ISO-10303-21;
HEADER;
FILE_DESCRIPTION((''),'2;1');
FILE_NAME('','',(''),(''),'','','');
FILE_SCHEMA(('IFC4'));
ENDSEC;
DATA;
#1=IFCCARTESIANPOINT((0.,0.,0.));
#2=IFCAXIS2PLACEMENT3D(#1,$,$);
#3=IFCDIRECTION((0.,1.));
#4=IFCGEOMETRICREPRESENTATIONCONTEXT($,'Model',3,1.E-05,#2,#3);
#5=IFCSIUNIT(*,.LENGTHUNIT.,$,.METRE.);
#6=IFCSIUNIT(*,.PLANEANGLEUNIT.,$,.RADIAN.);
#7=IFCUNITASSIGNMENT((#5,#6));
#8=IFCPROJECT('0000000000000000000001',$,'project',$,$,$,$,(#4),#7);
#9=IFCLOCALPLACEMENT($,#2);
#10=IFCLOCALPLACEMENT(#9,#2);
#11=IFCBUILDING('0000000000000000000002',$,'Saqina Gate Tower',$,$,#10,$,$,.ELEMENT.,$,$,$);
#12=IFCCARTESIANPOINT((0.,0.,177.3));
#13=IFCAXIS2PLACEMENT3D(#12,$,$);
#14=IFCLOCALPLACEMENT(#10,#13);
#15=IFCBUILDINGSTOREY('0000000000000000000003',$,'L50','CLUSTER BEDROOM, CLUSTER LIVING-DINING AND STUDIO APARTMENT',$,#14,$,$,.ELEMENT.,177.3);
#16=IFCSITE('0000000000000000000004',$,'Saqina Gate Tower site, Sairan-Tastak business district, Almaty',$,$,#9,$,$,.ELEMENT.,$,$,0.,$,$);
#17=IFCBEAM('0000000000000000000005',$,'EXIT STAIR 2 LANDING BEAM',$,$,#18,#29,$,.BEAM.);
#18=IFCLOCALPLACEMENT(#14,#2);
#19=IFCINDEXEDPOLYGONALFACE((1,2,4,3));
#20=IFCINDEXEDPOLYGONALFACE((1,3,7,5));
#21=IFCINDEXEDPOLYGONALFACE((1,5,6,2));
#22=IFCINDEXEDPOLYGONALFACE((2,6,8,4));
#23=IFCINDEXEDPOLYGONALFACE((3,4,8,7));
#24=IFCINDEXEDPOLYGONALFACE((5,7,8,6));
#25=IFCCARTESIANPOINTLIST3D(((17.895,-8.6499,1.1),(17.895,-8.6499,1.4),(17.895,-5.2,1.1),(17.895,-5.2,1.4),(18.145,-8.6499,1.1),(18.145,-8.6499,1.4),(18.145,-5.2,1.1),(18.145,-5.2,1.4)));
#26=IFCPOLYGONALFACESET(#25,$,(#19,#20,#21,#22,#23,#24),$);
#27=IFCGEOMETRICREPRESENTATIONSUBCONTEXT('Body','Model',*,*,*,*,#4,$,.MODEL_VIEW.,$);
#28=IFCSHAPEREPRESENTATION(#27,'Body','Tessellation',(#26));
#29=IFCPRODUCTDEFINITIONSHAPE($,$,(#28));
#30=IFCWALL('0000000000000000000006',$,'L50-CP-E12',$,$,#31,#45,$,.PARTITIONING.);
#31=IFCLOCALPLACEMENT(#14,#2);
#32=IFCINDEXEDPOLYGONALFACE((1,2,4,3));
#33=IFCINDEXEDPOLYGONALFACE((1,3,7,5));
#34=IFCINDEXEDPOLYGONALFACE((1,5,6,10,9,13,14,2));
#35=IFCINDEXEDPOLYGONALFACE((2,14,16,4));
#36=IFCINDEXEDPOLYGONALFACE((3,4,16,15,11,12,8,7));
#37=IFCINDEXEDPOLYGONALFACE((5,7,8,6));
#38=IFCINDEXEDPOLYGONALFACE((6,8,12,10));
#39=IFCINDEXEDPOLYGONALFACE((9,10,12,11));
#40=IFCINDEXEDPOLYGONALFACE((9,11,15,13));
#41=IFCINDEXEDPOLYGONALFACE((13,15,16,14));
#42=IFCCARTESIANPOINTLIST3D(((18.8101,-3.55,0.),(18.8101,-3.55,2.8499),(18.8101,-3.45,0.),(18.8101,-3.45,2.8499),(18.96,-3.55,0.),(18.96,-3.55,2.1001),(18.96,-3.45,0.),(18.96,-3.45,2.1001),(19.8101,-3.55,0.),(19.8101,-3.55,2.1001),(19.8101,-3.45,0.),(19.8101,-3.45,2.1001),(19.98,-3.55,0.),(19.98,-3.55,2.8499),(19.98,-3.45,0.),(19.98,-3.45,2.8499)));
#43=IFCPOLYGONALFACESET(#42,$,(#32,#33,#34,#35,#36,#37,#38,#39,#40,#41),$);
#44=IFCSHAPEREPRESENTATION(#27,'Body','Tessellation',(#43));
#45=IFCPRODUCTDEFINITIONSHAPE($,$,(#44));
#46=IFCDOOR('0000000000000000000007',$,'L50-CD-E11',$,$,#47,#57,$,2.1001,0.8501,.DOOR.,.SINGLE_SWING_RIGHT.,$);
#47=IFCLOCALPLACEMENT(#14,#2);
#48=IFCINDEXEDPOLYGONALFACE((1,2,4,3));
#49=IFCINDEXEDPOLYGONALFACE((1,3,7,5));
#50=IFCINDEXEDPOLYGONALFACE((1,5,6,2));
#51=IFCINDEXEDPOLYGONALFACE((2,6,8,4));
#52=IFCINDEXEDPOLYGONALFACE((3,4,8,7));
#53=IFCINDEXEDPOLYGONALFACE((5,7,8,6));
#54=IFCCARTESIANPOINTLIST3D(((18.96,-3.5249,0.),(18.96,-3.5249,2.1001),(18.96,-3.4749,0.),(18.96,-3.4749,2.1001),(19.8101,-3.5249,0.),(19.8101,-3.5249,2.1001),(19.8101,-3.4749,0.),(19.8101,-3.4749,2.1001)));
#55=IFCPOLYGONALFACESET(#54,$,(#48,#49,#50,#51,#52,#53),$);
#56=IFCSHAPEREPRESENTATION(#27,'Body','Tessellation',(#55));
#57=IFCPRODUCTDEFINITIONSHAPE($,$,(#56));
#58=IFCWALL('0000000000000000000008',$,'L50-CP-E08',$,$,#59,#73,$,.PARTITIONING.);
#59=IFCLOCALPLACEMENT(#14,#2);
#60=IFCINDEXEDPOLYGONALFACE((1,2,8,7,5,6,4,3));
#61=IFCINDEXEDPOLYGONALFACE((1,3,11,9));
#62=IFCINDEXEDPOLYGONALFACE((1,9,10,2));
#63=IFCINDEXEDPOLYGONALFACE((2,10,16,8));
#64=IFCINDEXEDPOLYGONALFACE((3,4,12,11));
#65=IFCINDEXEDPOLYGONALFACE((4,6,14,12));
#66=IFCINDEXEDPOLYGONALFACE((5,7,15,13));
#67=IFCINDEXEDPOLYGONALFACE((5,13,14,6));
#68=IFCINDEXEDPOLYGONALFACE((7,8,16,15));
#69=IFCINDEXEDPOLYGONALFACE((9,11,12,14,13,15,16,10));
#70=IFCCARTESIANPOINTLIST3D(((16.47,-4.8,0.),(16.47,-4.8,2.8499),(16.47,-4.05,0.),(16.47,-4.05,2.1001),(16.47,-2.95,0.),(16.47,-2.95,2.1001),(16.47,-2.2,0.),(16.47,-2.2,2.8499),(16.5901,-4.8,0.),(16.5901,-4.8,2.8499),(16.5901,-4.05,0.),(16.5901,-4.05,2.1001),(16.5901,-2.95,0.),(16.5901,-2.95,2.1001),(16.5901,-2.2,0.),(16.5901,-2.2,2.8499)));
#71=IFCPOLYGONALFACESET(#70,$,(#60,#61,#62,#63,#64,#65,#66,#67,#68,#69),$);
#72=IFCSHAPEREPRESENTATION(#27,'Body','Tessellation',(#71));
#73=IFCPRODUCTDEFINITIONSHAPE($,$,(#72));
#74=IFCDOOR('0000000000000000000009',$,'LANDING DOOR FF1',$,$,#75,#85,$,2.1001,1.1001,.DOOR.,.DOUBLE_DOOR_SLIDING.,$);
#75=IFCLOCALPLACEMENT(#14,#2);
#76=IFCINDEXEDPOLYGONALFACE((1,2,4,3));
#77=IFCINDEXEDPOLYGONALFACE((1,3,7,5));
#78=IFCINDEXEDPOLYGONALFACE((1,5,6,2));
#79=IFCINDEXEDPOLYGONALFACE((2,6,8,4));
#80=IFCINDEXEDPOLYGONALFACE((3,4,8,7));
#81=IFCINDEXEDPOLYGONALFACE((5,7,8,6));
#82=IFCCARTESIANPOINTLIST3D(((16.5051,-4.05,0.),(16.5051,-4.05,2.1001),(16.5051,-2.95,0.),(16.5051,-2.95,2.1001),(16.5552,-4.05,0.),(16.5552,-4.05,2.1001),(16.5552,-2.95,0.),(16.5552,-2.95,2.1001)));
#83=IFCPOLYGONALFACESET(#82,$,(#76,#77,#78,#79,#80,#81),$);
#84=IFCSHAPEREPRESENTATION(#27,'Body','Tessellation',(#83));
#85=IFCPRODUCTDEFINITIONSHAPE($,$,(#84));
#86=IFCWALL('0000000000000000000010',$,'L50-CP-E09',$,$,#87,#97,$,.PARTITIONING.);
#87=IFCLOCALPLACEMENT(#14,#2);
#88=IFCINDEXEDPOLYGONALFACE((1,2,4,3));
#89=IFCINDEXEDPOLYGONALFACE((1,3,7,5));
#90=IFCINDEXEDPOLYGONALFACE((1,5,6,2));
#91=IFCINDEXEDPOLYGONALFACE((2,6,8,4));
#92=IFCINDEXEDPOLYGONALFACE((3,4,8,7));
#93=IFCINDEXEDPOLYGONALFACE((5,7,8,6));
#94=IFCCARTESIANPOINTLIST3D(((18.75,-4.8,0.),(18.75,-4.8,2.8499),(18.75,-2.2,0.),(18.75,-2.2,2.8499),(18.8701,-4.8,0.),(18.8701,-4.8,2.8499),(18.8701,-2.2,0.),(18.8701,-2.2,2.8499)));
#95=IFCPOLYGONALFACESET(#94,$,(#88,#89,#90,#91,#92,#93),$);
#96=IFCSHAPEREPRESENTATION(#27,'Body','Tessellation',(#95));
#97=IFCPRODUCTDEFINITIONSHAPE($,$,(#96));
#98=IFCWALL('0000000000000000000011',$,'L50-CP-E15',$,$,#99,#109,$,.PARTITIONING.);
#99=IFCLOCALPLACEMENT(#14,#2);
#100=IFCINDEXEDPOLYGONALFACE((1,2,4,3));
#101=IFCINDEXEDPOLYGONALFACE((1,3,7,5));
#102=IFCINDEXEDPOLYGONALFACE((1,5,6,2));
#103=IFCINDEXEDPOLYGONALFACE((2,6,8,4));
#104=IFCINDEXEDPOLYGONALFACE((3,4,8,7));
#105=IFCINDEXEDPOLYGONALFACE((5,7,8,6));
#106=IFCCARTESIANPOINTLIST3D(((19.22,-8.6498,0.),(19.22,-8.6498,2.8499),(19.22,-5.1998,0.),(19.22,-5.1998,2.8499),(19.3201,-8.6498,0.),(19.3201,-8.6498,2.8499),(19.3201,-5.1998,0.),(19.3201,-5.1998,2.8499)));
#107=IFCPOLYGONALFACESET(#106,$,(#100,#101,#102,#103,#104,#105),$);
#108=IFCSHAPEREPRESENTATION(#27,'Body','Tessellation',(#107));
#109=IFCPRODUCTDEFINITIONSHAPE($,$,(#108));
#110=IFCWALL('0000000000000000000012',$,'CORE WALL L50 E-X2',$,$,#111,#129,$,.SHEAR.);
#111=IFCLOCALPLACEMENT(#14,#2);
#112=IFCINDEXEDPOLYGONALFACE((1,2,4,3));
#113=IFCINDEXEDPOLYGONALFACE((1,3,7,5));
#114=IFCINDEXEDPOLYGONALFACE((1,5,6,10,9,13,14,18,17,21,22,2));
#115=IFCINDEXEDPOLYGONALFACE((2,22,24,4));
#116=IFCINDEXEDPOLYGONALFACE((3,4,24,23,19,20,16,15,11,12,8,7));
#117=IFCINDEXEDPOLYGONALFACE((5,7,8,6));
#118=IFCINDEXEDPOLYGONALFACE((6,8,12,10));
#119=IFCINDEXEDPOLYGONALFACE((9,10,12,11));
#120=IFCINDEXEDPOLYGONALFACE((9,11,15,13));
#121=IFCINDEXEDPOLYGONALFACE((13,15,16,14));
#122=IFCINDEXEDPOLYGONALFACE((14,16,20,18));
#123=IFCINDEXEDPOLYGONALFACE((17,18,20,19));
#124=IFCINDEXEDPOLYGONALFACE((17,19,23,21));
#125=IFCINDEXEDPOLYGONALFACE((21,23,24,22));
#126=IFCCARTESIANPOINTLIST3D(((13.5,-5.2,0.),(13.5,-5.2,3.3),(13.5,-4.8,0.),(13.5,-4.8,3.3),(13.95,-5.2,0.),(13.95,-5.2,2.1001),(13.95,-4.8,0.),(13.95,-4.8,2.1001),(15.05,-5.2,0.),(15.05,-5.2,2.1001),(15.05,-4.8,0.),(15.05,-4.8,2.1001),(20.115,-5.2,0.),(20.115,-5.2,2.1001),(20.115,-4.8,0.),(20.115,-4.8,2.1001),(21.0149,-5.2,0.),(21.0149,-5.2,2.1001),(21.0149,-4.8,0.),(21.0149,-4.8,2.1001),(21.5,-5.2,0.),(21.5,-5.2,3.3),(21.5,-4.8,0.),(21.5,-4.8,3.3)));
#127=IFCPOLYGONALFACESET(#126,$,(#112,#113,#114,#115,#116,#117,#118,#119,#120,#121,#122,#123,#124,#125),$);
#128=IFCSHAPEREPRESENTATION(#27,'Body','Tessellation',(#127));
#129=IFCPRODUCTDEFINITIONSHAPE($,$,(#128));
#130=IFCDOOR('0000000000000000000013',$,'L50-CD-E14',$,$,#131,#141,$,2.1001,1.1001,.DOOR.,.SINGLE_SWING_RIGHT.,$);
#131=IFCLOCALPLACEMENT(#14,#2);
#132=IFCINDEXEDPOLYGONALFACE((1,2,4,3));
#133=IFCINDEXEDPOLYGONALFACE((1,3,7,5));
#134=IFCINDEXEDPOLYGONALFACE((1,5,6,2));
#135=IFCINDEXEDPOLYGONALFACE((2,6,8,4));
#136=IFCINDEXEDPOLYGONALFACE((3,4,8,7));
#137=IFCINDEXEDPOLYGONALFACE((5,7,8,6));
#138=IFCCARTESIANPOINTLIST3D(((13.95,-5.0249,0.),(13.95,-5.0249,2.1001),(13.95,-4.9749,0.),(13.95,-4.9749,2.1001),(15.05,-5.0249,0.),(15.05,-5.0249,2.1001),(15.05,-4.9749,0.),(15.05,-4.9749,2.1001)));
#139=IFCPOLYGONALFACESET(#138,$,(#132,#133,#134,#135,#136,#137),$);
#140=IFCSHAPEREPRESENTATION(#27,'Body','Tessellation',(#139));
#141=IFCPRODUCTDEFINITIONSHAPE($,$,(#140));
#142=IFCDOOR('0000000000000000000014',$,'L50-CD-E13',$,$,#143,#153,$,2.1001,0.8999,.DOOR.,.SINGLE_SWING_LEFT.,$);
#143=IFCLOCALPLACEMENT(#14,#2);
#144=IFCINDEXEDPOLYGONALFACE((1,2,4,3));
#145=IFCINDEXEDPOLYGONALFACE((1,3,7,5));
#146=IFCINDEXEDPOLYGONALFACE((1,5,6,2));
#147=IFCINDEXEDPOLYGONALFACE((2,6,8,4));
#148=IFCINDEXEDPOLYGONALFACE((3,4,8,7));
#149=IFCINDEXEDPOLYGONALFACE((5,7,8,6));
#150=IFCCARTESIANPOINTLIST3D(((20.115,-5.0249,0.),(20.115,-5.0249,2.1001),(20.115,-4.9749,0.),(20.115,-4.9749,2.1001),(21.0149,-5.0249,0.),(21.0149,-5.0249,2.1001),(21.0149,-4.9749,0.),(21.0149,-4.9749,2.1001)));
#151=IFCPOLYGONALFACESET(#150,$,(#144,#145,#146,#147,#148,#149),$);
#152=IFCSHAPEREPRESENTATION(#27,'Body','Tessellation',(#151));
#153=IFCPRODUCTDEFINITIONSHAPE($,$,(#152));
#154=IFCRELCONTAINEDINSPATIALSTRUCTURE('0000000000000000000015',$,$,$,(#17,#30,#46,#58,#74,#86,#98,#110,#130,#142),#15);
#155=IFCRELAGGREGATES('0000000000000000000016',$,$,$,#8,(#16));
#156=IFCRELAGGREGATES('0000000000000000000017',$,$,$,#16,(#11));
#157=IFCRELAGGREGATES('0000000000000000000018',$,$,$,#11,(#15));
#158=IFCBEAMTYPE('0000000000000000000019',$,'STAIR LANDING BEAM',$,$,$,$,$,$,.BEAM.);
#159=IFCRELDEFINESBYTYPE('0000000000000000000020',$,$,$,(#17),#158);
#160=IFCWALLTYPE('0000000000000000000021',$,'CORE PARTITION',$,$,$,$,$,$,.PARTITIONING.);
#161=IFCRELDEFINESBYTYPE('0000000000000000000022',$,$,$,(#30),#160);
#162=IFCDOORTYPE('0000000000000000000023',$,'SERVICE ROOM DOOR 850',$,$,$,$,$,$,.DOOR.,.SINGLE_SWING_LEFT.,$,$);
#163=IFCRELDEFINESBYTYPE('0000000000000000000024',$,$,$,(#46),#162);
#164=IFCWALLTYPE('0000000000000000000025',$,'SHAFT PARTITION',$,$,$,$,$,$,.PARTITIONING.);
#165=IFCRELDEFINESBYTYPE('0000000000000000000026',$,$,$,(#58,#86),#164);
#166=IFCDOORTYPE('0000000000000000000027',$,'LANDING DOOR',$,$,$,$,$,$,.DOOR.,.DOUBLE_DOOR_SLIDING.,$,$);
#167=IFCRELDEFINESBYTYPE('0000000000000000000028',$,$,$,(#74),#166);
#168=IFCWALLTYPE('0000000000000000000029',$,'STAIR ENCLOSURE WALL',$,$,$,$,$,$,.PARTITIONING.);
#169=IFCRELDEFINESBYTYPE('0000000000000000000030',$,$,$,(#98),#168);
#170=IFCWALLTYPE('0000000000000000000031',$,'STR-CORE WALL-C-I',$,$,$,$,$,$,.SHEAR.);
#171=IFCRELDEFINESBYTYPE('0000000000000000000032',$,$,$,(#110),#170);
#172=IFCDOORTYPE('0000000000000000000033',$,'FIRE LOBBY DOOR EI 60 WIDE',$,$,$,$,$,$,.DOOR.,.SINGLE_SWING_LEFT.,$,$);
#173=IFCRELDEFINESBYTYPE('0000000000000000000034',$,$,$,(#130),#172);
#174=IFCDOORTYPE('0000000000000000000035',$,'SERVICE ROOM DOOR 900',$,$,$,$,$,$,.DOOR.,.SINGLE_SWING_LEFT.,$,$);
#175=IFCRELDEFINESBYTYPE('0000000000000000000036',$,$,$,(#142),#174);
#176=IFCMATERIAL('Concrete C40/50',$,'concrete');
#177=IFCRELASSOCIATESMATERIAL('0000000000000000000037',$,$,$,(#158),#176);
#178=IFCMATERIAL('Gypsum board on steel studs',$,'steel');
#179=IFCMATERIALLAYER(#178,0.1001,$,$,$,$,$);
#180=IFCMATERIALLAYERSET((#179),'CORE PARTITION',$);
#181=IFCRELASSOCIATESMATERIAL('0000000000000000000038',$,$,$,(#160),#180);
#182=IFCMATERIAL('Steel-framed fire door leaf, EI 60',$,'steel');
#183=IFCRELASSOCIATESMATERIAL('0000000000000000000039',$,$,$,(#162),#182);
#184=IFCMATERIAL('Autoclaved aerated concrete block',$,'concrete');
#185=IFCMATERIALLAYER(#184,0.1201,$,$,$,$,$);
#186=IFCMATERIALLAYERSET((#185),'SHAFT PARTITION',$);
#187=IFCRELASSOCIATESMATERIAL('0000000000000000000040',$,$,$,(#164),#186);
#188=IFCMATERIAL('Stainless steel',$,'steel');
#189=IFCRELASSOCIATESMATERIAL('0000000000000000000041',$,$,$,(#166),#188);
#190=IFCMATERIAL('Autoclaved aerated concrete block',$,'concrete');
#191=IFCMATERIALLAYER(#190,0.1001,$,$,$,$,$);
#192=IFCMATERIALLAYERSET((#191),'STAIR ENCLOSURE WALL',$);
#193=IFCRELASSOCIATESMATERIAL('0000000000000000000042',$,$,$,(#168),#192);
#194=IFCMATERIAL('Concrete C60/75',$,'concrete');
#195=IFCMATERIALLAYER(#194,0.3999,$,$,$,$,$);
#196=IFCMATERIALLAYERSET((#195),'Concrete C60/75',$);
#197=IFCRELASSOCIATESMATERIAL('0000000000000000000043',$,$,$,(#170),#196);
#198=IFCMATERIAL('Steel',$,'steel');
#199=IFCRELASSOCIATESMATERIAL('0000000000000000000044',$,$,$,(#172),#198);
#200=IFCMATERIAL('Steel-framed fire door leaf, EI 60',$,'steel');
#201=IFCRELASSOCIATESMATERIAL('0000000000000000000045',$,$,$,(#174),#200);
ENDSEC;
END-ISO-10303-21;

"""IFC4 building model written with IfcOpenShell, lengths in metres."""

from ifc_helpers import new_model, si_unit, direction, frame, frame_2d, origin, origin_2d, place, context, subcontext, project, spatial, rectangle, extrude, material, layer, layer_set, material_profile, profile_set, type_object, element, fill, save


model = new_model("IFC4")

# Units and contexts
model_context = context("Model", 3, precision=1e-05, world=origin(), true_north=direction((0.0, 1.0)))
body_context = subcontext(model_context, "Body", "Model", "MODEL_VIEW")
ifc_project = project(units=[si_unit("LENGTHUNIT", "METRE"), si_unit("PLANEANGLEUNIT", "RADIAN")], contexts=[model_context])

# Site, building, storey
site_placement = place(None, origin())
site = spatial("IfcSite", under=ifc_project, at=site_placement, Name="Saqina Gate Tower site, Sairan-Tastak business district, Almaty", CompositionType="ELEMENT", RefElevation=0.0)
building_placement = place(site_placement, origin())
building = spatial("IfcBuilding", under=site, at=building_placement, Name="Saqina Gate Tower", CompositionType="ELEMENT")
storey_placement = place(building_placement, frame((0.0, 0.0, 177.3)))
storey = spatial("IfcBuildingStorey", under=building, at=storey_placement, Name="L50", Description="CLUSTER BEDROOM, CLUSTER LIVING-DINING AND STUDIO APARTMENT", CompositionType="ELEMENT", Elevation=177.3)

# Beam
ifc_material_1 = material(Name="Concrete C40/50", Category="concrete")
ifc_material_profile = material_profile(ifc_material_1, rectangle(XDim=0.25, YDim=0.3, at=origin_2d()), Name="STAIR LANDING BEAM")
ifc_profile_set = profile_set([ifc_material_profile], Name="Concrete C40/50")
beam_type = type_object("IfcBeamType", Name="STAIR LANDING BEAM", PredefinedType="BEAM", material=ifc_profile_set)
beam_placement = place(storey_placement, frame((18.02, -8.6499, 1.25), z_axis=(0.0, 1.0, 0.0), x_axis=(-1.0, 0.0, 0.0)))
element("IfcBeam", 1, at=beam_placement, inside=storey, type_object=beam_type, Name="EXIT STAIR 2 LANDING BEAM", PredefinedType="BEAM", context=body_context, shape_type="SweptSolid", body=[
    extrude(rectangle(XDim=0.25, YDim=0.3, at=origin_2d()), origin(), (0.0, 0.0, 1.0), 3.45),
])

# Walls, openings, doors
ifc_material_2 = material(Name="Gypsum board on steel studs", Category="steel")
ifc_layer_1 = layer(ifc_material_2, 0.1001)
ifc_layer_set_1 = layer_set([ifc_layer_1], Name="CORE PARTITION")
wall_type_1 = type_object("IfcWallType", Name="CORE PARTITION", PredefinedType="PARTITIONING", material=ifc_layer_set_1)
wall_1_placement = place(storey_placement, frame((18.8101, -3.5, 0.0), z_axis=(0.0, 0.0, 1.0), x_axis=(1.0, 0.0, 0.0)))
wall_1 = element("IfcWall", 2, at=wall_1_placement, inside=storey, type_object=wall_type_1, Name="L50-CP-E12", PredefinedType="PARTITIONING", context=body_context, shape_type="SweptSolid", body=[
    extrude(rectangle(XDim=1.1699, YDim=0.1001, at=frame_2d((0.585, 0.0))), origin(), (0.0, 0.0, 1.0), 2.8499),
])
opening_1_placement = place(wall_1_placement, frame((0.1499, 0.0, 0.0)))
opening_1 = element("IfcOpeningElement", 3, at=opening_1_placement, cuts=wall_1, PredefinedType="OPENING", context=body_context, shape_type="SweptSolid", body=[
    extrude(rectangle(XDim=0.8501, YDim=2.1001, at=frame_2d((0.425, 1.05))), frame((0.0, 0.062, 0.0), z_axis=(0.0, -1.0, 0.0), x_axis=(1.0, 0.0, 0.0)), (0.0, 0.0, 1.0), 0.124),
])
ifc_material_3 = material(Name="Steel-framed fire door leaf, EI 60", Category="steel")
door_type_1 = type_object("IfcDoorType", Name="SERVICE ROOM DOOR 850", OperationType="SINGLE_SWING_LEFT", PredefinedType="DOOR", material=ifc_material_3)
door_1_placement = place(opening_1_placement, frame((0.8501, 0.0, 0.0), z_axis=(0.0, 0.0, 1.0), x_axis=(-1.0, 0.0, 0.0)))
door_1 = element("IfcDoor", 4, at=door_1_placement, inside=storey, type_object=door_type_1, Name="L50-CD-E11", OperationType="SINGLE_SWING_RIGHT", OverallHeight=2.1001, OverallWidth=0.8501, PredefinedType="DOOR", context=body_context, shape_type="SweptSolid", body=[
    extrude(rectangle(XDim=0.8501, YDim=2.1001, at=frame_2d((0.425, 1.05))), frame((0.0, 0.0249, 0.0), z_axis=(0.0, -1.0, 0.0), x_axis=(1.0, 0.0, 0.0)), (0.0, 0.0, 1.0), 0.05),
])
fill(opening_1, door_1)
ifc_material_4 = material(Name="Autoclaved aerated concrete block", Category="concrete")
ifc_layer_2 = layer(ifc_material_4, 0.1201)
ifc_layer_set_2 = layer_set([ifc_layer_2], Name="SHAFT PARTITION")
wall_type_2 = type_object("IfcWallType", Name="SHAFT PARTITION", PredefinedType="PARTITIONING", material=ifc_layer_set_2)
wall_2_placement = place(storey_placement, frame((16.53, -4.8, 0.0), z_axis=(0.0, 0.0, 1.0), x_axis=(0.0, 1.0, 0.0)))
wall_2 = element("IfcWall", 5, at=wall_2_placement, inside=storey, type_object=wall_type_2, Name="L50-CP-E08", PredefinedType="PARTITIONING", context=body_context, shape_type="SweptSolid", body=[
    extrude(rectangle(XDim=2.6001, YDim=0.1201, at=frame_2d((1.3, 0.0))), origin(), (0.0, 0.0, 1.0), 2.8499),
])
opening_2_placement = place(wall_2_placement, frame((0.75, 0.0, 0.0)))
opening_2 = element("IfcOpeningElement", 6, at=opening_2_placement, cuts=wall_2, PredefinedType="OPENING", context=body_context, shape_type="SweptSolid", body=[
    extrude(rectangle(XDim=1.1001, YDim=2.1001, at=frame_2d((0.55, 1.05))), frame((0.0, 0.072, 0.0), z_axis=(0.0, -1.0, 0.0), x_axis=(1.0, 0.0, 0.0)), (0.0, 0.0, 1.0), 0.144),
])
ifc_material_5 = material(Name="Stainless steel", Category="steel")
door_type_2 = type_object("IfcDoorType", Name="LANDING DOOR", OperationType="DOUBLE_DOOR_SLIDING", PredefinedType="DOOR", material=ifc_material_5)
door_2_placement = place(opening_2_placement, origin())
door_2 = element("IfcDoor", 7, at=door_2_placement, inside=storey, type_object=door_type_2, Name="LANDING DOOR FF1", OperationType="DOUBLE_DOOR_SLIDING", OverallHeight=2.1001, OverallWidth=1.1001, PredefinedType="DOOR", context=body_context, shape_type="SweptSolid", body=[
    extrude(rectangle(XDim=1.1001, YDim=2.1001, at=frame_2d((0.55, 1.05))), frame((0.0, 0.0249, 0.0), z_axis=(0.0, -1.0, 0.0), x_axis=(1.0, 0.0, 0.0)), (0.0, 0.0, 1.0), 0.05),
])
fill(opening_2, door_2)

# Walls
wall_3_placement = place(storey_placement, frame((18.8101, -4.8, 0.0), z_axis=(0.0, 0.0, 1.0), x_axis=(0.0, 1.0, 0.0)))
element("IfcWall", 8, at=wall_3_placement, inside=storey, type_object=wall_type_2, Name="L50-CP-E09", PredefinedType="PARTITIONING", context=body_context, shape_type="SweptSolid", body=[
    extrude(rectangle(XDim=2.6001, YDim=0.1201, at=frame_2d((1.3, 0.0))), origin(), (0.0, 0.0, 1.0), 2.8499),
])
ifc_material_6 = material(Name="Autoclaved aerated concrete block", Category="concrete")
ifc_layer_3 = layer(ifc_material_6, 0.1001)
ifc_layer_set_3 = layer_set([ifc_layer_3], Name="STAIR ENCLOSURE WALL")
wall_type_3 = type_object("IfcWallType", Name="STAIR ENCLOSURE WALL", PredefinedType="PARTITIONING", material=ifc_layer_set_3)
wall_4_placement = place(storey_placement, frame((19.27, -8.6499, 0.0), z_axis=(0.0, 0.0, 1.0), x_axis=(0.0, 1.0, 0.0)))
element("IfcWall", 9, at=wall_4_placement, inside=storey, type_object=wall_type_3, Name="L50-CP-E15", PredefinedType="PARTITIONING", context=body_context, shape_type="SweptSolid", body=[
    extrude(rectangle(XDim=3.45, YDim=0.1001, at=frame_2d((1.7251, 0.0))), origin(), (0.0, 0.0, 1.0), 2.8499),
])

# Wall, openings, doors
ifc_material_7 = material(Name="Concrete C60/75", Category="concrete")
ifc_layer_4 = layer(ifc_material_7, 0.3999)
ifc_layer_set_4 = layer_set([ifc_layer_4], Name="Concrete C60/75")
wall_type_4 = type_object("IfcWallType", Name="STR-CORE WALL-C-I", PredefinedType="SHEAR", material=ifc_layer_set_4)
wall_5_placement = place(storey_placement, frame((13.5, -5.0, 0.0), z_axis=(0.0, 0.0, 1.0), x_axis=(1.0, 0.0, 0.0)))
wall_5 = element("IfcWall", 10, at=wall_5_placement, inside=storey, type_object=wall_type_4, Name="CORE WALL L50 E-X2", PredefinedType="SHEAR", context=body_context, shape_type="SweptSolid", body=[
    extrude(rectangle(XDim=8.0, YDim=0.3999, at=frame_2d((4.0, 0.0))), origin(), (0.0, 0.0, 1.0), 3.3),
])
opening_3_placement = place(wall_5_placement, frame((6.615, 0.0, 0.0)))
opening_3 = element("IfcOpeningElement", 11, at=opening_3_placement, cuts=wall_5, PredefinedType="OPENING", context=body_context, shape_type="SweptSolid", body=[
    extrude(rectangle(XDim=0.8999, YDim=2.1001, at=frame_2d((0.45, 1.05))), frame((0.0, 0.2119, 0.0), z_axis=(0.0, -1.0, 0.0), x_axis=(1.0, 0.0, 0.0)), (0.0, 0.0, 1.0), 0.4238),
])
opening_4_placement = place(wall_5_placement, frame((0.45, 0.0, 0.0)))
opening_4 = element("IfcOpeningElement", 12, at=opening_4_placement, cuts=wall_5, PredefinedType="OPENING", context=body_context, shape_type="SweptSolid", body=[
    extrude(rectangle(XDim=1.1001, YDim=2.1001, at=frame_2d((0.55, 1.05))), frame((0.0, 0.2119, 0.0), z_axis=(0.0, -1.0, 0.0), x_axis=(1.0, 0.0, 0.0)), (0.0, 0.0, 1.0), 0.4238),
])
ifc_material_8 = material(Name="Steel", Category="steel")
door_type_3 = type_object("IfcDoorType", Name="FIRE LOBBY DOOR EI 60 WIDE", OperationType="SINGLE_SWING_LEFT", PredefinedType="DOOR", material=ifc_material_8)
door_3_placement = place(opening_4_placement, frame((1.1001, 0.0, 0.0), z_axis=(0.0, 0.0, 1.0), x_axis=(-1.0, 0.0, 0.0)))
door_3 = element("IfcDoor", 13, at=door_3_placement, inside=storey, type_object=door_type_3, Name="L50-CD-E14", OperationType="SINGLE_SWING_RIGHT", OverallHeight=2.1001, OverallWidth=1.1001, PredefinedType="DOOR", context=body_context, shape_type="SweptSolid", body=[
    extrude(rectangle(XDim=1.1001, YDim=2.1001, at=frame_2d((0.55, 1.05))), frame((0.0, 0.0249, 0.0), z_axis=(0.0, -1.0, 0.0), x_axis=(1.0, 0.0, 0.0)), (0.0, 0.0, 1.0), 0.05),
])
fill(opening_4, door_3)
ifc_material_9 = material(Name="Steel-framed fire door leaf, EI 60", Category="steel")
door_type_4 = type_object("IfcDoorType", Name="SERVICE ROOM DOOR 900", OperationType="SINGLE_SWING_LEFT", PredefinedType="DOOR", material=ifc_material_9)
door_4_placement = place(opening_3_placement, frame((0.8999, 0.0, 0.0), z_axis=(0.0, 0.0, 1.0), x_axis=(-1.0, 0.0, 0.0)))
door_4 = element("IfcDoor", 14, at=door_4_placement, inside=storey, type_object=door_type_4, Name="L50-CD-E13", OperationType="SINGLE_SWING_LEFT", OverallHeight=2.1001, OverallWidth=0.8999, PredefinedType="DOOR", context=body_context, shape_type="SweptSolid", body=[
    extrude(rectangle(XDim=0.8999, YDim=2.1001, at=frame_2d((0.45, 1.05))), frame((0.0, 0.0249, 0.0), z_axis=(0.0, -1.0, 0.0), x_axis=(1.0, 0.0, 0.0)), (0.0, 0.0, 1.0), 0.05),
])
fill(opening_3, door_4)

save(model, "model.ifc")
